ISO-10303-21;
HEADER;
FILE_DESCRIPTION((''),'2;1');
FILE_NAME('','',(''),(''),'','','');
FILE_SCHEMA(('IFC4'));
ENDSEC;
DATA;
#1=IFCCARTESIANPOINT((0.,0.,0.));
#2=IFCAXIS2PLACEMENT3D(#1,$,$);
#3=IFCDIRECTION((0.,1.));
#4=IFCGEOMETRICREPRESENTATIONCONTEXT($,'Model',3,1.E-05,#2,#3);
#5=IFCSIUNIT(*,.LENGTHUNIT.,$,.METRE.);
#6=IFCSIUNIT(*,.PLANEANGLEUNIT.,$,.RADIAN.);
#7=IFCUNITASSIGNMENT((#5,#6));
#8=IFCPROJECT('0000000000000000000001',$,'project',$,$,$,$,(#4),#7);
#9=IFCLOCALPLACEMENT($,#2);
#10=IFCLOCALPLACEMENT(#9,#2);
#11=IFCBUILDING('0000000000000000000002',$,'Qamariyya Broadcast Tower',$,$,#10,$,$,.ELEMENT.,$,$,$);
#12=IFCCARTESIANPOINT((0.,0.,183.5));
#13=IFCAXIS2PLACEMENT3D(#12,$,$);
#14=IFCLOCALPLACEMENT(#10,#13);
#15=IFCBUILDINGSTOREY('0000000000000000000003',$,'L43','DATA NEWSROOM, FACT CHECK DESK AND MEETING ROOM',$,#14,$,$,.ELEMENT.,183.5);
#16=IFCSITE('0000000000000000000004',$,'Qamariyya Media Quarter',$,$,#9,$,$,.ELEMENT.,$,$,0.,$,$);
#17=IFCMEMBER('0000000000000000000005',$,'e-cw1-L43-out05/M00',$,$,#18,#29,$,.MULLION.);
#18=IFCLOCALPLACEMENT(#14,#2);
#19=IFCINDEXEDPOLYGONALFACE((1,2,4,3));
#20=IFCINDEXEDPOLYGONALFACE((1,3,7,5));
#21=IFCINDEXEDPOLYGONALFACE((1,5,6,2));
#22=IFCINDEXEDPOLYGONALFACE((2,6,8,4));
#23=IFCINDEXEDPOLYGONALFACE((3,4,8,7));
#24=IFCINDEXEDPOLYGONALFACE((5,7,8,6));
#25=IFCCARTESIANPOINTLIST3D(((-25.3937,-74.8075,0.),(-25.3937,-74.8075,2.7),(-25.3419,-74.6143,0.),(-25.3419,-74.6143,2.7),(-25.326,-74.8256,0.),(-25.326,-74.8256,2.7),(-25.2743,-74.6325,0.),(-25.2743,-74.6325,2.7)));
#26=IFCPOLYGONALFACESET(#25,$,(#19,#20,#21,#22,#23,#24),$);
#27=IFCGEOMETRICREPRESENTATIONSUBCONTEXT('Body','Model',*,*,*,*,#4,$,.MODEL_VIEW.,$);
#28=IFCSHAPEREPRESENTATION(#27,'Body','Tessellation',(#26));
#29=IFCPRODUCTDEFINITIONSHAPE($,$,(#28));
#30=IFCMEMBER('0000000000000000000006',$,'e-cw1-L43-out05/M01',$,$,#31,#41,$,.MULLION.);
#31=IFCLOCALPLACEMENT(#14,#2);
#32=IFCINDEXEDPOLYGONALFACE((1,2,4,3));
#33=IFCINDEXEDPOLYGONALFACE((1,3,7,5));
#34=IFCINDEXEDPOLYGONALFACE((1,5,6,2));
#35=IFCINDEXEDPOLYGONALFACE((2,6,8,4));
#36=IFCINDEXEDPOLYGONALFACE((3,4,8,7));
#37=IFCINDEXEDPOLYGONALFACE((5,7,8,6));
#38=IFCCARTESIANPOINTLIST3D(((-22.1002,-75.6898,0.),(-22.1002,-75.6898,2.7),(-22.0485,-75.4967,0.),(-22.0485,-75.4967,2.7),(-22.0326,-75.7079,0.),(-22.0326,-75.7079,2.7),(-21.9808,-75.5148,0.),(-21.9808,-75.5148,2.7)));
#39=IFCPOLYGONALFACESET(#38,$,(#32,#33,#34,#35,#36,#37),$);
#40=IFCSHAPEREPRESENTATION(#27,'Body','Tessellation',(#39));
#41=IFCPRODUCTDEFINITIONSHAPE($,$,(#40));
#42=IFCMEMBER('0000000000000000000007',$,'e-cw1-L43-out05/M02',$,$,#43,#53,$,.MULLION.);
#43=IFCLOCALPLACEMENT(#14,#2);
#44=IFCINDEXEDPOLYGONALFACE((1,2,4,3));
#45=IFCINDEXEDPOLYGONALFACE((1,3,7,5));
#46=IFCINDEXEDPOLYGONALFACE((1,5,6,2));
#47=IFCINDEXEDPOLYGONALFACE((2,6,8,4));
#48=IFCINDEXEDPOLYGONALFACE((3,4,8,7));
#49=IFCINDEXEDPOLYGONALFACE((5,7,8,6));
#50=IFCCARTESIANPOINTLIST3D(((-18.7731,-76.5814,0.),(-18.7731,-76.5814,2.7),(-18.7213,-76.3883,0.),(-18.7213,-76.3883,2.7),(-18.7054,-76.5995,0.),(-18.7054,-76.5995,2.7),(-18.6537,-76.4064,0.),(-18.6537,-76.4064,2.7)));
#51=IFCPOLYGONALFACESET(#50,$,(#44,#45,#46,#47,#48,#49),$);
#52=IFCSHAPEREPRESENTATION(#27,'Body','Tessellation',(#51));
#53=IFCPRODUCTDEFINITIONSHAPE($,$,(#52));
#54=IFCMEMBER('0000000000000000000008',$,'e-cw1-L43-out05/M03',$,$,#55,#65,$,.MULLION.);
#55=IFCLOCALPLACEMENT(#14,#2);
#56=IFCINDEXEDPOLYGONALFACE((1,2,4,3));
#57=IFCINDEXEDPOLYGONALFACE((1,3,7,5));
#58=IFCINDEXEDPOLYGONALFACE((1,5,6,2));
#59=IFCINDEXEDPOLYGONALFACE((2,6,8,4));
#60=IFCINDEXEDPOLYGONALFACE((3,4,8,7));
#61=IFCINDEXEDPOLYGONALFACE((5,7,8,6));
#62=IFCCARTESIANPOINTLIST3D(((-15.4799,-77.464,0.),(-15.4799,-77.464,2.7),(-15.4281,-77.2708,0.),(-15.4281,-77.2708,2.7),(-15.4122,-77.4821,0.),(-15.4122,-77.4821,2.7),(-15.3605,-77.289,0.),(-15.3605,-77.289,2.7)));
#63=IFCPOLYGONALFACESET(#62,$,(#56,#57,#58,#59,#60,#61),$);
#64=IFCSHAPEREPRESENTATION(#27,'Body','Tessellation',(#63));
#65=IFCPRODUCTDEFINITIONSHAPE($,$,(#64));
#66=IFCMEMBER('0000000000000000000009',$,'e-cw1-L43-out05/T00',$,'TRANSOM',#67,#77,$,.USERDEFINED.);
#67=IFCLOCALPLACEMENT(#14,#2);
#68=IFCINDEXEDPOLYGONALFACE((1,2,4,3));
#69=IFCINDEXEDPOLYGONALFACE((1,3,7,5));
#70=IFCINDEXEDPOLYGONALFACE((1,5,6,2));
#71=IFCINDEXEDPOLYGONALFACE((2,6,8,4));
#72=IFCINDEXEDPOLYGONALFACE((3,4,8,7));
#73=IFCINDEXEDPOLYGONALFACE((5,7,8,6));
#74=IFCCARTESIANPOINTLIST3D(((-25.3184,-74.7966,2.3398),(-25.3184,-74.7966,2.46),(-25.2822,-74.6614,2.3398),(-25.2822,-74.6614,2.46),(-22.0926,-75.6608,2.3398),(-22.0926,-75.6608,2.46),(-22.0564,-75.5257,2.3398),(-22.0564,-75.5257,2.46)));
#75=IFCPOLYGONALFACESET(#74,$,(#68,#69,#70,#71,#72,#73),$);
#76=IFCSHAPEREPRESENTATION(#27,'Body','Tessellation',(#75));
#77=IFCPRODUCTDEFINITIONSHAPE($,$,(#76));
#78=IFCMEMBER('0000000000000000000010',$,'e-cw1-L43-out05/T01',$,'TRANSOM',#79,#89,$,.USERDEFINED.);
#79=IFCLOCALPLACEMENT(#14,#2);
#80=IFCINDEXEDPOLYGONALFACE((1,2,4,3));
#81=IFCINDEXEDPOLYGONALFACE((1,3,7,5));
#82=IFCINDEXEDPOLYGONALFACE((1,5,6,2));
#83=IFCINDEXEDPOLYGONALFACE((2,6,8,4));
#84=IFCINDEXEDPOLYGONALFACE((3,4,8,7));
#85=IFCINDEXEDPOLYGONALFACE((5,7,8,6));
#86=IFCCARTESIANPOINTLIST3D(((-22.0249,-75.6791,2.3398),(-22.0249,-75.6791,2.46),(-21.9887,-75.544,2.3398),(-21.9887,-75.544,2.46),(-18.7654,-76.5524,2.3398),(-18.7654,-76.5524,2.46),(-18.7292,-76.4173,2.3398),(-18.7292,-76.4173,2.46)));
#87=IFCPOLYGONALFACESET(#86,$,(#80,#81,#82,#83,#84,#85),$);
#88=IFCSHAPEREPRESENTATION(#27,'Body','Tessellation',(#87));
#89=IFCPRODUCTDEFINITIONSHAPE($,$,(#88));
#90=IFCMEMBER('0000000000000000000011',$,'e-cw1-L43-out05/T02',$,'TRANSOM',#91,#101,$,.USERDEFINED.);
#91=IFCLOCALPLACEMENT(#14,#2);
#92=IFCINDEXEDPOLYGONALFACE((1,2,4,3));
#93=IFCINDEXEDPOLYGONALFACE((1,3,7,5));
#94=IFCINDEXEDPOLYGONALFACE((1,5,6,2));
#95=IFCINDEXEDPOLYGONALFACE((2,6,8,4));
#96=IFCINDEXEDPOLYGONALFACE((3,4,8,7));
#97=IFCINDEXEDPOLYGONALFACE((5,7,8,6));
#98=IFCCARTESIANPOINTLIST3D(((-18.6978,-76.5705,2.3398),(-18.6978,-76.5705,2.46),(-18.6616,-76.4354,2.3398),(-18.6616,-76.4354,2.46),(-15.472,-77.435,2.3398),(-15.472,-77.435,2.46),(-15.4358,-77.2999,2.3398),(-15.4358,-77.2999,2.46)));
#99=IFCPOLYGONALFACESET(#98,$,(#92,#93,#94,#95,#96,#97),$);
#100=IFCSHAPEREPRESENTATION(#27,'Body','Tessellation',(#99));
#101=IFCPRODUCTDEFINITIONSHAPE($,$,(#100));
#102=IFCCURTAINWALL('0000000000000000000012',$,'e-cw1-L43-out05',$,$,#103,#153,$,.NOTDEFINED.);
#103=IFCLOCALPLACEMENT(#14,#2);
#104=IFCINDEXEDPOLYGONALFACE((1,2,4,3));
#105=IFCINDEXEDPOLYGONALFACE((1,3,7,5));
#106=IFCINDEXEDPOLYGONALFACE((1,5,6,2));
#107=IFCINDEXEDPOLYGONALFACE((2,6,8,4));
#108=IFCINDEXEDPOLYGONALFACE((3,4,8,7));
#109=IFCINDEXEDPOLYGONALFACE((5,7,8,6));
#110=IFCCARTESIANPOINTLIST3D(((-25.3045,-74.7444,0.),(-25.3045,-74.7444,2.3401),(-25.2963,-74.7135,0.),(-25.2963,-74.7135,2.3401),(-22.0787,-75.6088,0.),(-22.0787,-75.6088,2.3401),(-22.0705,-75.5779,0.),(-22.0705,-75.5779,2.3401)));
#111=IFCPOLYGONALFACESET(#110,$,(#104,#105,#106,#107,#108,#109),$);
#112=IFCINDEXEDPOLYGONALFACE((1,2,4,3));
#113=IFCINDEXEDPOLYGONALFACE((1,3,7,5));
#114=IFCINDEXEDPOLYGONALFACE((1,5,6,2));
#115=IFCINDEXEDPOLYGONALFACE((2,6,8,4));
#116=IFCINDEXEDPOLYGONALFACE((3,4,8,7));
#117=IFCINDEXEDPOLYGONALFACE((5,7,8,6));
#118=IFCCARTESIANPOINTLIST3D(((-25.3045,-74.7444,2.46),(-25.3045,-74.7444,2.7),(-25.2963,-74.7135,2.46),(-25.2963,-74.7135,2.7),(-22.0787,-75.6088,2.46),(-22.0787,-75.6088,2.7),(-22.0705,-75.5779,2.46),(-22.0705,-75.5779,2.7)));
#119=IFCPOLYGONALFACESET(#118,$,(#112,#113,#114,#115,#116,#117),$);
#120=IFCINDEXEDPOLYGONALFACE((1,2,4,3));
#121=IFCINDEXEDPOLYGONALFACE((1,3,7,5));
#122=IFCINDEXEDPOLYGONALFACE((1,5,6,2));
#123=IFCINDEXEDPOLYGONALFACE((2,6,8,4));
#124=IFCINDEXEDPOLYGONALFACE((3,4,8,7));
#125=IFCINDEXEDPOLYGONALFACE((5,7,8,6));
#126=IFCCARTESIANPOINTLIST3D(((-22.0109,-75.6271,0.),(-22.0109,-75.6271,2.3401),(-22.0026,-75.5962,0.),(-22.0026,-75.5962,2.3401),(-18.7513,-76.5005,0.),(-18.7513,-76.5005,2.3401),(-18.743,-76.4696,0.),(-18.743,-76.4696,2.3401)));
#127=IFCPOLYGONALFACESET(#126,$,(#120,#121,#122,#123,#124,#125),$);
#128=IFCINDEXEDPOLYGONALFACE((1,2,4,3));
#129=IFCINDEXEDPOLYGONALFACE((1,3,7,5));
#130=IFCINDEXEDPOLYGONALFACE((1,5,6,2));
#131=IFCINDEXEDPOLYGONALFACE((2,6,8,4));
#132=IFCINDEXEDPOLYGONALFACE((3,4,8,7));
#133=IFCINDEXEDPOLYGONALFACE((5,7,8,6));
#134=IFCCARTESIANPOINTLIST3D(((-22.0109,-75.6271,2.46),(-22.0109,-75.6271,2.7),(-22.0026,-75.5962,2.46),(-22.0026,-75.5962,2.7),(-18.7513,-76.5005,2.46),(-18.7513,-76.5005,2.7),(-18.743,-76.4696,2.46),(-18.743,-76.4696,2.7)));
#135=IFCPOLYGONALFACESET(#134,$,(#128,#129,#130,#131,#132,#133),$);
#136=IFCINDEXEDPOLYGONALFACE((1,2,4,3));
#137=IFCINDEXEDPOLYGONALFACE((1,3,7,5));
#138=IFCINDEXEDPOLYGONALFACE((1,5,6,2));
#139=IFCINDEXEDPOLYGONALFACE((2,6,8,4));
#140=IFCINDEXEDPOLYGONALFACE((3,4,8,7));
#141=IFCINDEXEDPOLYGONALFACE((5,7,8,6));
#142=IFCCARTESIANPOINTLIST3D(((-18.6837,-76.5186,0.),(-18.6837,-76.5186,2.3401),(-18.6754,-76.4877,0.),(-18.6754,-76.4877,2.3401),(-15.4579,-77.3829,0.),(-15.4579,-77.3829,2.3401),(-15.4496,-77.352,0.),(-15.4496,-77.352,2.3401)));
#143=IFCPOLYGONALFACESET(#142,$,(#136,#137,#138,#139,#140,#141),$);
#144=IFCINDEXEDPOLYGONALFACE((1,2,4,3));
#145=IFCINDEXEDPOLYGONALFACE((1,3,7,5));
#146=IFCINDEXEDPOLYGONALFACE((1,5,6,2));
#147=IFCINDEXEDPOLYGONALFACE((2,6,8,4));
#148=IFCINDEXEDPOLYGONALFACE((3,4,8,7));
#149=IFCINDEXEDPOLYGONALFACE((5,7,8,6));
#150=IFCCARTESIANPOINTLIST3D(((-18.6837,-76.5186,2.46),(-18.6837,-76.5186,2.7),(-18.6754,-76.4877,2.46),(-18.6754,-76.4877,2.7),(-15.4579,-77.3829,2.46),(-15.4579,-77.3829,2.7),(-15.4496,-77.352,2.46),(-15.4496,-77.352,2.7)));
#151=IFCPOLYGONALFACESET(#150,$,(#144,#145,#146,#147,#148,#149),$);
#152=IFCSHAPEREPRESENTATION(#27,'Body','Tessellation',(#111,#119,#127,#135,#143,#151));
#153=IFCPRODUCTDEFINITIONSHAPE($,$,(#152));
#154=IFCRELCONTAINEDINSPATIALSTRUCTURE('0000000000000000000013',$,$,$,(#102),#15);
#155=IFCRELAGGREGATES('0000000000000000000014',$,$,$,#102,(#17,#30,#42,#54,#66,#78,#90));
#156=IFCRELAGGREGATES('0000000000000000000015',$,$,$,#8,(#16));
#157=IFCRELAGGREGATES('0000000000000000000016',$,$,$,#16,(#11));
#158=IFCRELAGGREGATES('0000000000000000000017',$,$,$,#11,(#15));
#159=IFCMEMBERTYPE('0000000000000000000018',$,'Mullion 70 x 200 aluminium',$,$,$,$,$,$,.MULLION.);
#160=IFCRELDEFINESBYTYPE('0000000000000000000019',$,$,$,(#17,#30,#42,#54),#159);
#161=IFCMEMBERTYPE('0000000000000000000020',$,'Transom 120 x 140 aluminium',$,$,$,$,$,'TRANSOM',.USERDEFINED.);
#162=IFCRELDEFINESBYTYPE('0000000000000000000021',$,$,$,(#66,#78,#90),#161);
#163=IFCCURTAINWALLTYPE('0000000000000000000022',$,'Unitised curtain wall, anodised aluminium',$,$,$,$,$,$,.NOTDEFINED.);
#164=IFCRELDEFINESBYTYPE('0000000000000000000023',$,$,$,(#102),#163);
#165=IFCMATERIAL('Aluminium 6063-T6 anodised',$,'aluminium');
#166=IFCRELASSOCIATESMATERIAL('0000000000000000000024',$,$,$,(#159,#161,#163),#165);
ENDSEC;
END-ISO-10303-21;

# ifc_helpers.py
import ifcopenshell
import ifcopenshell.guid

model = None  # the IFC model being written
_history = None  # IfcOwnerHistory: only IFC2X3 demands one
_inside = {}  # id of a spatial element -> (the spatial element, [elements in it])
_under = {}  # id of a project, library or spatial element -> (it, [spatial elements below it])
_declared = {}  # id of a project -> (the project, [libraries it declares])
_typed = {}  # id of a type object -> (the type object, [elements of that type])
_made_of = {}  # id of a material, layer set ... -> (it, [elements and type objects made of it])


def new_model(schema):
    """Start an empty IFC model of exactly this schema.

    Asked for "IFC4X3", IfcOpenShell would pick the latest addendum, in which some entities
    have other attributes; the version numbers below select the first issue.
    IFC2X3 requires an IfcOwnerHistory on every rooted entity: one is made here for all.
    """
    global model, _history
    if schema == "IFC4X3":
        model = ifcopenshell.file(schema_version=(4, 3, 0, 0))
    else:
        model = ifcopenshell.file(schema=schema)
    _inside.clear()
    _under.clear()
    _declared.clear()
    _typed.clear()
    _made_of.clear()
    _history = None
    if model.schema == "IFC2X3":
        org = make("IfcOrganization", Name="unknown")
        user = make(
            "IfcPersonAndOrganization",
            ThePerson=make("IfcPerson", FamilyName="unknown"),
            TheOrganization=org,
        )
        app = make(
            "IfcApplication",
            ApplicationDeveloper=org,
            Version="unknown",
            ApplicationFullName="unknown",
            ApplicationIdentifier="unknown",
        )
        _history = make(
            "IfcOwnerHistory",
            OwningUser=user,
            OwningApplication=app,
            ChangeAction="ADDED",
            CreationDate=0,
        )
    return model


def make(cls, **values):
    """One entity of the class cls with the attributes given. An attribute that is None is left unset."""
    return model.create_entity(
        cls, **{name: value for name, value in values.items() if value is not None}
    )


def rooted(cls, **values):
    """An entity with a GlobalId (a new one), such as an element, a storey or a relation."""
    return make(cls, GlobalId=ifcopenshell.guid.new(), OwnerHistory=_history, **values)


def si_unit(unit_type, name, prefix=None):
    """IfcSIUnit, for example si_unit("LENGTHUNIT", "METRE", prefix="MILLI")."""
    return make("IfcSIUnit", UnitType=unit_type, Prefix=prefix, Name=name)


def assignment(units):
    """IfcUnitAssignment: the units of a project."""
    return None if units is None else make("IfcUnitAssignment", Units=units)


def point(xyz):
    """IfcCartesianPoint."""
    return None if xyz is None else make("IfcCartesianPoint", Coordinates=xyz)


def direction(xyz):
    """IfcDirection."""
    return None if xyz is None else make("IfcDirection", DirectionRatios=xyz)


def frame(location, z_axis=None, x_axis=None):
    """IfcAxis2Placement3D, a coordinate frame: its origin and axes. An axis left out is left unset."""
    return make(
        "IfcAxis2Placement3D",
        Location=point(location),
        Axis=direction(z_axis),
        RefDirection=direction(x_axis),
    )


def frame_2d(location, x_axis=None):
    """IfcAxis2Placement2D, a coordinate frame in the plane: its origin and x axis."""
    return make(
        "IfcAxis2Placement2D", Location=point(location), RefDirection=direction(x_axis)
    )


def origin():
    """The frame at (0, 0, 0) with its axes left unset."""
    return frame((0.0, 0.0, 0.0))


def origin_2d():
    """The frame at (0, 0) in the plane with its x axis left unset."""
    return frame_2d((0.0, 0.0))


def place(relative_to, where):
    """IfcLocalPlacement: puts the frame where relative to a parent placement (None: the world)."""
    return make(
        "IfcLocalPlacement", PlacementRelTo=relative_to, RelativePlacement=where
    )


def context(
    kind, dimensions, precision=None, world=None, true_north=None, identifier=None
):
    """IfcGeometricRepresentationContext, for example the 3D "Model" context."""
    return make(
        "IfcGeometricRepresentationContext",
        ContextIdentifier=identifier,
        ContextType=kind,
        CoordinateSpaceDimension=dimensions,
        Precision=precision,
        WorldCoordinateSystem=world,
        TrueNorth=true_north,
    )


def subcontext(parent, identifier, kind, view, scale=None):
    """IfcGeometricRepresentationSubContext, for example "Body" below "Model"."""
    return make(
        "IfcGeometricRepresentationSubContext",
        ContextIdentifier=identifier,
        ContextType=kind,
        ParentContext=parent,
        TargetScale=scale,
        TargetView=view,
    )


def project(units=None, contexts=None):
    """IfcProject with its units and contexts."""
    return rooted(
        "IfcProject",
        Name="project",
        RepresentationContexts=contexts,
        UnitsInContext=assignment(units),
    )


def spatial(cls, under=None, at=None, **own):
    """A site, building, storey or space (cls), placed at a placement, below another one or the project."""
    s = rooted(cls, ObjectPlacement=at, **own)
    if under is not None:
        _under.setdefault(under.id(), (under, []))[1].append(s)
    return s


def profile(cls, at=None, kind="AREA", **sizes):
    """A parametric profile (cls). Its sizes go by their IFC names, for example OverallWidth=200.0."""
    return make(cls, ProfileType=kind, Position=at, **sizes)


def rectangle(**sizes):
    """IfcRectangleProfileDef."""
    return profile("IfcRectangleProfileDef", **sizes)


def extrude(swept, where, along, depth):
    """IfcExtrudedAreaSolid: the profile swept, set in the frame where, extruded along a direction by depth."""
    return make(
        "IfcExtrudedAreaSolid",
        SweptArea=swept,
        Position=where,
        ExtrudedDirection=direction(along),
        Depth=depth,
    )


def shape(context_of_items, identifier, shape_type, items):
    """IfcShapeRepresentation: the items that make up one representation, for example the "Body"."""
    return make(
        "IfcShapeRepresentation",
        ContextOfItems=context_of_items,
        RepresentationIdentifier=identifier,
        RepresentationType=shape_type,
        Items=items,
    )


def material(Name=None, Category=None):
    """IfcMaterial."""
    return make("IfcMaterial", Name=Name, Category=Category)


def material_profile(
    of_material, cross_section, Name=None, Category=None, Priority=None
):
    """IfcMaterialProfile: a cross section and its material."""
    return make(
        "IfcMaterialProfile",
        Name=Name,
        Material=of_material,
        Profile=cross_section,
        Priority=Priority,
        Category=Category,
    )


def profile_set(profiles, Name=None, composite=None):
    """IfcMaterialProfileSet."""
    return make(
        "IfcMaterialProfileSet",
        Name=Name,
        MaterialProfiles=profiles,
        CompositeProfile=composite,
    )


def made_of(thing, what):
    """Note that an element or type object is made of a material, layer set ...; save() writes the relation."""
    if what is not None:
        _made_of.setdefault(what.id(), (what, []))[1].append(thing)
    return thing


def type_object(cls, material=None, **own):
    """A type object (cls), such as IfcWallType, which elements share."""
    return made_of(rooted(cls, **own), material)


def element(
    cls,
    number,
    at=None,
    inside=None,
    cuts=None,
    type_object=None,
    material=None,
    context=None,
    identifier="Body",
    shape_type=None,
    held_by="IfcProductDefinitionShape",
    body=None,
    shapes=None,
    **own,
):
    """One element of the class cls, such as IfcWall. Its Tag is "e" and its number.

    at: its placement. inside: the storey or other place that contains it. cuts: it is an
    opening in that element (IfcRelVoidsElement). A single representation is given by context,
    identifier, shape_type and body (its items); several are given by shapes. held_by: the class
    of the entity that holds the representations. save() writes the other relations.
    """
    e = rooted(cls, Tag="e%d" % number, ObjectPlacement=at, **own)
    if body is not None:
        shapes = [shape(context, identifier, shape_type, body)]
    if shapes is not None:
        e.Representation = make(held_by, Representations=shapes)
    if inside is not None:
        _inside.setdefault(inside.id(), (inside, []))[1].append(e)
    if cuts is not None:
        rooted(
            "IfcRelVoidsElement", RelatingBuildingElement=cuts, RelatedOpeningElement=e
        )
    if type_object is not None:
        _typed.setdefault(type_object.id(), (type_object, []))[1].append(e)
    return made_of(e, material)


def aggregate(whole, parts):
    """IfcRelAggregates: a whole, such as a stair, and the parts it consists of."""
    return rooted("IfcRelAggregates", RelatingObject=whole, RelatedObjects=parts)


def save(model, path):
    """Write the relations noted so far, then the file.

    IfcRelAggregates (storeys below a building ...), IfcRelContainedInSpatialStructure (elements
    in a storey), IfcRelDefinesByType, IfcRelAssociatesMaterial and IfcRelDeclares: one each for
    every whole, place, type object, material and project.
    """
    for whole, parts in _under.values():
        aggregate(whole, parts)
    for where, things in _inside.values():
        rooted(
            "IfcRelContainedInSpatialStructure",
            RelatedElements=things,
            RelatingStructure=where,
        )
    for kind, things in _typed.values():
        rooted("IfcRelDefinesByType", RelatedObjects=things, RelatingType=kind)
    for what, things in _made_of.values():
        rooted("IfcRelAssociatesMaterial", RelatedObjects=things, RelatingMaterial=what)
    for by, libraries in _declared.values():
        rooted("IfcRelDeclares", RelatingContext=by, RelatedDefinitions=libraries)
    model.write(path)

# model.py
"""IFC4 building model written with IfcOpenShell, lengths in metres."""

from ifc_helpers import new_model, si_unit, direction, frame, origin, origin_2d, place, context, subcontext, project, spatial, rectangle, extrude, material, material_profile, profile_set, type_object, element, aggregate, save


model = new_model("IFC4")

# Units and contexts
model_context = context("Model", 3, precision=1e-05, world=origin(), true_north=direction((0.0, 1.0)))
body_context = subcontext(model_context, "Body", "Model", "MODEL_VIEW")
ifc_project = project(units=[si_unit("LENGTHUNIT", "METRE"), si_unit("PLANEANGLEUNIT", "RADIAN")], contexts=[model_context])

# Members
ifc_material = material(Name="Aluminium 6063-T6 anodised", Category="aluminium")
ifc_material_profile_1 = material_profile(ifc_material, rectangle(XDim=0.2, YDim=0.0701, at=origin_2d()))
ifc_profile_set_1 = profile_set([ifc_material_profile_1], Name="Aluminium 6063-T6 anodised")
member_type_1 = type_object("IfcMemberType", Name="Mullion 70 x 200 aluminium", PredefinedType="MULLION", material=ifc_profile_set_1)
site_placement = place(None, origin())
building_placement = place(site_placement, origin())
storey_placement = place(building_placement, frame((0.0, 0.0, 183.5)))
member_1_placement = place(storey_placement, frame((-25.334, -74.72, 0.0), z_axis=(0.0, 0.0, 1.0), x_axis=(0.258819, 0.965926, 0.0)))
member_1 = element("IfcMember", 1, at=member_1_placement, type_object=member_type_1, Name="e-cw1-L43-out05/M00", PredefinedType="MULLION", context=body_context, shape_type="SweptSolid", body=[
    extrude(rectangle(XDim=0.2, YDim=0.0701, at=origin_2d()), origin(), (0.0, 0.0, 1.0), 2.7),
])
member_2_placement = place(storey_placement, frame((-22.0405, -75.6023, 0.0), z_axis=(0.0, 0.0, 1.0), x_axis=(0.258819, 0.965926, 0.0)))
member_2 = element("IfcMember", 2, at=member_2_placement, type_object=member_type_1, Name="e-cw1-L43-out05/M01", PredefinedType="MULLION", context=body_context, shape_type="SweptSolid", body=[
    extrude(rectangle(XDim=0.2, YDim=0.0701, at=origin_2d()), origin(), (0.0, 0.0, 1.0), 2.7),
])
member_3_placement = place(storey_placement, frame((-18.7134, -76.4939, 0.0), z_axis=(0.0, 0.0, 1.0), x_axis=(0.258819, 0.965926, 0.0)))
member_3 = element("IfcMember", 3, at=member_3_placement, type_object=member_type_1, Name="e-cw1-L43-out05/M02", PredefinedType="MULLION", context=body_context, shape_type="SweptSolid", body=[
    extrude(rectangle(XDim=0.2, YDim=0.0701, at=origin_2d()), origin(), (0.0, 0.0, 1.0), 2.7),
])
member_4_placement = place(storey_placement, frame((-15.4202, -77.3765, 0.0), z_axis=(0.0, 0.0, 1.0), x_axis=(0.258819, 0.965926, 0.0)))
member_4 = element("IfcMember", 4, at=member_4_placement, type_object=member_type_1, Name="e-cw1-L43-out05/M03", PredefinedType="MULLION", context=body_context, shape_type="SweptSolid", body=[
    extrude(rectangle(XDim=0.2, YDim=0.0701, at=origin_2d()), origin(), (0.0, 0.0, 1.0), 2.7),
])
ifc_material_profile_2 = material_profile(ifc_material, rectangle(XDim=0.1399, YDim=0.1201, at=origin_2d()))
ifc_profile_set_2 = profile_set([ifc_material_profile_2], Name="Aluminium 6063-T6 anodised")
member_type_2 = type_object("IfcMemberType", Name="Transom 120 x 140 aluminium", ElementType="TRANSOM", PredefinedType="USERDEFINED", material=ifc_profile_set_2)
member_5_placement = place(storey_placement, frame((-25.3003, -74.729, 2.3999), z_axis=(0.965933, -0.258791, 0.0), x_axis=(0.258791, 0.965933, 0.0)))
member_5 = element("IfcMember", 5, at=member_5_placement, type_object=member_type_2, Name="e-cw1-L43-out05/T00", ObjectType="TRANSOM", PredefinedType="USERDEFINED", context=body_context, shape_type="SweptSolid", body=[
    extrude(rectangle(XDim=0.1399, YDim=0.1201, at=origin_2d()), origin(), (0.0, 0.0, 1.0), 3.3396),
])
member_6_placement = place(storey_placement, frame((-22.0068, -75.6116, 2.3999), z_axis=(0.965933, -0.258793, 0.0), x_axis=(0.258793, 0.965933, 0.0)))
member_6 = element("IfcMember", 6, at=member_6_placement, type_object=member_type_2, Name="e-cw1-L43-out05/T01", ObjectType="TRANSOM", PredefinedType="USERDEFINED", context=body_context, shape_type="SweptSolid", body=[
    extrude(rectangle(XDim=0.1399, YDim=0.1201, at=origin_2d()), origin(), (0.0, 0.0, 1.0), 3.3745),
])
member_7_placement = place(storey_placement, frame((-18.6797, -76.5029, 2.3999), z_axis=(0.965915, -0.258859, 0.0), x_axis=(0.258859, 0.965915, 0.0)))
member_7 = element("IfcMember", 7, at=member_7_placement, type_object=member_type_2, Name="e-cw1-L43-out05/T02", ObjectType="TRANSOM", PredefinedType="USERDEFINED", context=body_context, shape_type="SweptSolid", body=[
    extrude(rectangle(XDim=0.1399, YDim=0.1201, at=origin_2d()), origin(), (0.0, 0.0, 1.0), 3.3396),
])

# Site, building, storey
site = spatial("IfcSite", under=ifc_project, at=site_placement, Name="Qamariyya Media Quarter", CompositionType="ELEMENT", RefElevation=0.0)
building = spatial("IfcBuilding", under=site, at=building_placement, Name="Qamariyya Broadcast Tower", CompositionType="ELEMENT")
storey = spatial("IfcBuildingStorey", under=building, at=storey_placement, Name="L43", Description="DATA NEWSROOM, FACT CHECK DESK AND MEETING ROOM", CompositionType="ELEMENT", Elevation=183.5)

# Curtain wall
curtain_wall_type = type_object("IfcCurtainWallType", Name="Unitised curtain wall, anodised aluminium", PredefinedType="NOTDEFINED", material=ifc_material)
curtain_wall_1_placement = place(storey_placement, origin())
curtain_wall_1 = element("IfcCurtainWall", 8, at=curtain_wall_1_placement, inside=storey, type_object=curtain_wall_type, Name="e-cw1-L43-out05", PredefinedType="NOTDEFINED", context=body_context, shape_type="SweptSolid", body=[
    extrude(rectangle(XDim=3.3396, YDim=0.032, at=origin_2d()), frame((-23.6875, -75.1611, 0.0), x_axis=(0.965926, -0.258817, 0.0)), (0.0, 0.0, 1.0), 2.3401),
    extrude(rectangle(XDim=3.3396, YDim=0.032, at=origin_2d()), frame((-23.6875, -75.1611, 2.46), x_axis=(0.965926, -0.258817, 0.0)), (0.0, 0.0, 1.0), 0.24),
    extrude(rectangle(XDim=3.3745, YDim=0.032, at=origin_2d()), frame((-20.377, -76.0483, 0.0), x_axis=(0.965926, -0.258817, 0.0)), (0.0, 0.0, 1.0), 2.3401),
    extrude(rectangle(XDim=3.3745, YDim=0.032, at=origin_2d()), frame((-20.377, -76.0483, 2.46), x_axis=(0.965926, -0.258817, 0.0)), (0.0, 0.0, 1.0), 0.24),
    extrude(rectangle(XDim=3.3396, YDim=0.032, at=origin_2d()), frame((-17.0667, -76.9353, 0.0), x_axis=(0.965926, -0.258817, 0.0)), (0.0, 0.0, 1.0), 2.3401),
    extrude(rectangle(XDim=3.3396, YDim=0.032, at=origin_2d()), frame((-17.0667, -76.9353, 2.46), x_axis=(0.965926, -0.258817, 0.0)), (0.0, 0.0, 1.0), 0.24),
])
aggregate(curtain_wall_1, [member_1, member_2, member_3, member_4, member_5, member_6, member_7])

save(model, "model.ifc")
